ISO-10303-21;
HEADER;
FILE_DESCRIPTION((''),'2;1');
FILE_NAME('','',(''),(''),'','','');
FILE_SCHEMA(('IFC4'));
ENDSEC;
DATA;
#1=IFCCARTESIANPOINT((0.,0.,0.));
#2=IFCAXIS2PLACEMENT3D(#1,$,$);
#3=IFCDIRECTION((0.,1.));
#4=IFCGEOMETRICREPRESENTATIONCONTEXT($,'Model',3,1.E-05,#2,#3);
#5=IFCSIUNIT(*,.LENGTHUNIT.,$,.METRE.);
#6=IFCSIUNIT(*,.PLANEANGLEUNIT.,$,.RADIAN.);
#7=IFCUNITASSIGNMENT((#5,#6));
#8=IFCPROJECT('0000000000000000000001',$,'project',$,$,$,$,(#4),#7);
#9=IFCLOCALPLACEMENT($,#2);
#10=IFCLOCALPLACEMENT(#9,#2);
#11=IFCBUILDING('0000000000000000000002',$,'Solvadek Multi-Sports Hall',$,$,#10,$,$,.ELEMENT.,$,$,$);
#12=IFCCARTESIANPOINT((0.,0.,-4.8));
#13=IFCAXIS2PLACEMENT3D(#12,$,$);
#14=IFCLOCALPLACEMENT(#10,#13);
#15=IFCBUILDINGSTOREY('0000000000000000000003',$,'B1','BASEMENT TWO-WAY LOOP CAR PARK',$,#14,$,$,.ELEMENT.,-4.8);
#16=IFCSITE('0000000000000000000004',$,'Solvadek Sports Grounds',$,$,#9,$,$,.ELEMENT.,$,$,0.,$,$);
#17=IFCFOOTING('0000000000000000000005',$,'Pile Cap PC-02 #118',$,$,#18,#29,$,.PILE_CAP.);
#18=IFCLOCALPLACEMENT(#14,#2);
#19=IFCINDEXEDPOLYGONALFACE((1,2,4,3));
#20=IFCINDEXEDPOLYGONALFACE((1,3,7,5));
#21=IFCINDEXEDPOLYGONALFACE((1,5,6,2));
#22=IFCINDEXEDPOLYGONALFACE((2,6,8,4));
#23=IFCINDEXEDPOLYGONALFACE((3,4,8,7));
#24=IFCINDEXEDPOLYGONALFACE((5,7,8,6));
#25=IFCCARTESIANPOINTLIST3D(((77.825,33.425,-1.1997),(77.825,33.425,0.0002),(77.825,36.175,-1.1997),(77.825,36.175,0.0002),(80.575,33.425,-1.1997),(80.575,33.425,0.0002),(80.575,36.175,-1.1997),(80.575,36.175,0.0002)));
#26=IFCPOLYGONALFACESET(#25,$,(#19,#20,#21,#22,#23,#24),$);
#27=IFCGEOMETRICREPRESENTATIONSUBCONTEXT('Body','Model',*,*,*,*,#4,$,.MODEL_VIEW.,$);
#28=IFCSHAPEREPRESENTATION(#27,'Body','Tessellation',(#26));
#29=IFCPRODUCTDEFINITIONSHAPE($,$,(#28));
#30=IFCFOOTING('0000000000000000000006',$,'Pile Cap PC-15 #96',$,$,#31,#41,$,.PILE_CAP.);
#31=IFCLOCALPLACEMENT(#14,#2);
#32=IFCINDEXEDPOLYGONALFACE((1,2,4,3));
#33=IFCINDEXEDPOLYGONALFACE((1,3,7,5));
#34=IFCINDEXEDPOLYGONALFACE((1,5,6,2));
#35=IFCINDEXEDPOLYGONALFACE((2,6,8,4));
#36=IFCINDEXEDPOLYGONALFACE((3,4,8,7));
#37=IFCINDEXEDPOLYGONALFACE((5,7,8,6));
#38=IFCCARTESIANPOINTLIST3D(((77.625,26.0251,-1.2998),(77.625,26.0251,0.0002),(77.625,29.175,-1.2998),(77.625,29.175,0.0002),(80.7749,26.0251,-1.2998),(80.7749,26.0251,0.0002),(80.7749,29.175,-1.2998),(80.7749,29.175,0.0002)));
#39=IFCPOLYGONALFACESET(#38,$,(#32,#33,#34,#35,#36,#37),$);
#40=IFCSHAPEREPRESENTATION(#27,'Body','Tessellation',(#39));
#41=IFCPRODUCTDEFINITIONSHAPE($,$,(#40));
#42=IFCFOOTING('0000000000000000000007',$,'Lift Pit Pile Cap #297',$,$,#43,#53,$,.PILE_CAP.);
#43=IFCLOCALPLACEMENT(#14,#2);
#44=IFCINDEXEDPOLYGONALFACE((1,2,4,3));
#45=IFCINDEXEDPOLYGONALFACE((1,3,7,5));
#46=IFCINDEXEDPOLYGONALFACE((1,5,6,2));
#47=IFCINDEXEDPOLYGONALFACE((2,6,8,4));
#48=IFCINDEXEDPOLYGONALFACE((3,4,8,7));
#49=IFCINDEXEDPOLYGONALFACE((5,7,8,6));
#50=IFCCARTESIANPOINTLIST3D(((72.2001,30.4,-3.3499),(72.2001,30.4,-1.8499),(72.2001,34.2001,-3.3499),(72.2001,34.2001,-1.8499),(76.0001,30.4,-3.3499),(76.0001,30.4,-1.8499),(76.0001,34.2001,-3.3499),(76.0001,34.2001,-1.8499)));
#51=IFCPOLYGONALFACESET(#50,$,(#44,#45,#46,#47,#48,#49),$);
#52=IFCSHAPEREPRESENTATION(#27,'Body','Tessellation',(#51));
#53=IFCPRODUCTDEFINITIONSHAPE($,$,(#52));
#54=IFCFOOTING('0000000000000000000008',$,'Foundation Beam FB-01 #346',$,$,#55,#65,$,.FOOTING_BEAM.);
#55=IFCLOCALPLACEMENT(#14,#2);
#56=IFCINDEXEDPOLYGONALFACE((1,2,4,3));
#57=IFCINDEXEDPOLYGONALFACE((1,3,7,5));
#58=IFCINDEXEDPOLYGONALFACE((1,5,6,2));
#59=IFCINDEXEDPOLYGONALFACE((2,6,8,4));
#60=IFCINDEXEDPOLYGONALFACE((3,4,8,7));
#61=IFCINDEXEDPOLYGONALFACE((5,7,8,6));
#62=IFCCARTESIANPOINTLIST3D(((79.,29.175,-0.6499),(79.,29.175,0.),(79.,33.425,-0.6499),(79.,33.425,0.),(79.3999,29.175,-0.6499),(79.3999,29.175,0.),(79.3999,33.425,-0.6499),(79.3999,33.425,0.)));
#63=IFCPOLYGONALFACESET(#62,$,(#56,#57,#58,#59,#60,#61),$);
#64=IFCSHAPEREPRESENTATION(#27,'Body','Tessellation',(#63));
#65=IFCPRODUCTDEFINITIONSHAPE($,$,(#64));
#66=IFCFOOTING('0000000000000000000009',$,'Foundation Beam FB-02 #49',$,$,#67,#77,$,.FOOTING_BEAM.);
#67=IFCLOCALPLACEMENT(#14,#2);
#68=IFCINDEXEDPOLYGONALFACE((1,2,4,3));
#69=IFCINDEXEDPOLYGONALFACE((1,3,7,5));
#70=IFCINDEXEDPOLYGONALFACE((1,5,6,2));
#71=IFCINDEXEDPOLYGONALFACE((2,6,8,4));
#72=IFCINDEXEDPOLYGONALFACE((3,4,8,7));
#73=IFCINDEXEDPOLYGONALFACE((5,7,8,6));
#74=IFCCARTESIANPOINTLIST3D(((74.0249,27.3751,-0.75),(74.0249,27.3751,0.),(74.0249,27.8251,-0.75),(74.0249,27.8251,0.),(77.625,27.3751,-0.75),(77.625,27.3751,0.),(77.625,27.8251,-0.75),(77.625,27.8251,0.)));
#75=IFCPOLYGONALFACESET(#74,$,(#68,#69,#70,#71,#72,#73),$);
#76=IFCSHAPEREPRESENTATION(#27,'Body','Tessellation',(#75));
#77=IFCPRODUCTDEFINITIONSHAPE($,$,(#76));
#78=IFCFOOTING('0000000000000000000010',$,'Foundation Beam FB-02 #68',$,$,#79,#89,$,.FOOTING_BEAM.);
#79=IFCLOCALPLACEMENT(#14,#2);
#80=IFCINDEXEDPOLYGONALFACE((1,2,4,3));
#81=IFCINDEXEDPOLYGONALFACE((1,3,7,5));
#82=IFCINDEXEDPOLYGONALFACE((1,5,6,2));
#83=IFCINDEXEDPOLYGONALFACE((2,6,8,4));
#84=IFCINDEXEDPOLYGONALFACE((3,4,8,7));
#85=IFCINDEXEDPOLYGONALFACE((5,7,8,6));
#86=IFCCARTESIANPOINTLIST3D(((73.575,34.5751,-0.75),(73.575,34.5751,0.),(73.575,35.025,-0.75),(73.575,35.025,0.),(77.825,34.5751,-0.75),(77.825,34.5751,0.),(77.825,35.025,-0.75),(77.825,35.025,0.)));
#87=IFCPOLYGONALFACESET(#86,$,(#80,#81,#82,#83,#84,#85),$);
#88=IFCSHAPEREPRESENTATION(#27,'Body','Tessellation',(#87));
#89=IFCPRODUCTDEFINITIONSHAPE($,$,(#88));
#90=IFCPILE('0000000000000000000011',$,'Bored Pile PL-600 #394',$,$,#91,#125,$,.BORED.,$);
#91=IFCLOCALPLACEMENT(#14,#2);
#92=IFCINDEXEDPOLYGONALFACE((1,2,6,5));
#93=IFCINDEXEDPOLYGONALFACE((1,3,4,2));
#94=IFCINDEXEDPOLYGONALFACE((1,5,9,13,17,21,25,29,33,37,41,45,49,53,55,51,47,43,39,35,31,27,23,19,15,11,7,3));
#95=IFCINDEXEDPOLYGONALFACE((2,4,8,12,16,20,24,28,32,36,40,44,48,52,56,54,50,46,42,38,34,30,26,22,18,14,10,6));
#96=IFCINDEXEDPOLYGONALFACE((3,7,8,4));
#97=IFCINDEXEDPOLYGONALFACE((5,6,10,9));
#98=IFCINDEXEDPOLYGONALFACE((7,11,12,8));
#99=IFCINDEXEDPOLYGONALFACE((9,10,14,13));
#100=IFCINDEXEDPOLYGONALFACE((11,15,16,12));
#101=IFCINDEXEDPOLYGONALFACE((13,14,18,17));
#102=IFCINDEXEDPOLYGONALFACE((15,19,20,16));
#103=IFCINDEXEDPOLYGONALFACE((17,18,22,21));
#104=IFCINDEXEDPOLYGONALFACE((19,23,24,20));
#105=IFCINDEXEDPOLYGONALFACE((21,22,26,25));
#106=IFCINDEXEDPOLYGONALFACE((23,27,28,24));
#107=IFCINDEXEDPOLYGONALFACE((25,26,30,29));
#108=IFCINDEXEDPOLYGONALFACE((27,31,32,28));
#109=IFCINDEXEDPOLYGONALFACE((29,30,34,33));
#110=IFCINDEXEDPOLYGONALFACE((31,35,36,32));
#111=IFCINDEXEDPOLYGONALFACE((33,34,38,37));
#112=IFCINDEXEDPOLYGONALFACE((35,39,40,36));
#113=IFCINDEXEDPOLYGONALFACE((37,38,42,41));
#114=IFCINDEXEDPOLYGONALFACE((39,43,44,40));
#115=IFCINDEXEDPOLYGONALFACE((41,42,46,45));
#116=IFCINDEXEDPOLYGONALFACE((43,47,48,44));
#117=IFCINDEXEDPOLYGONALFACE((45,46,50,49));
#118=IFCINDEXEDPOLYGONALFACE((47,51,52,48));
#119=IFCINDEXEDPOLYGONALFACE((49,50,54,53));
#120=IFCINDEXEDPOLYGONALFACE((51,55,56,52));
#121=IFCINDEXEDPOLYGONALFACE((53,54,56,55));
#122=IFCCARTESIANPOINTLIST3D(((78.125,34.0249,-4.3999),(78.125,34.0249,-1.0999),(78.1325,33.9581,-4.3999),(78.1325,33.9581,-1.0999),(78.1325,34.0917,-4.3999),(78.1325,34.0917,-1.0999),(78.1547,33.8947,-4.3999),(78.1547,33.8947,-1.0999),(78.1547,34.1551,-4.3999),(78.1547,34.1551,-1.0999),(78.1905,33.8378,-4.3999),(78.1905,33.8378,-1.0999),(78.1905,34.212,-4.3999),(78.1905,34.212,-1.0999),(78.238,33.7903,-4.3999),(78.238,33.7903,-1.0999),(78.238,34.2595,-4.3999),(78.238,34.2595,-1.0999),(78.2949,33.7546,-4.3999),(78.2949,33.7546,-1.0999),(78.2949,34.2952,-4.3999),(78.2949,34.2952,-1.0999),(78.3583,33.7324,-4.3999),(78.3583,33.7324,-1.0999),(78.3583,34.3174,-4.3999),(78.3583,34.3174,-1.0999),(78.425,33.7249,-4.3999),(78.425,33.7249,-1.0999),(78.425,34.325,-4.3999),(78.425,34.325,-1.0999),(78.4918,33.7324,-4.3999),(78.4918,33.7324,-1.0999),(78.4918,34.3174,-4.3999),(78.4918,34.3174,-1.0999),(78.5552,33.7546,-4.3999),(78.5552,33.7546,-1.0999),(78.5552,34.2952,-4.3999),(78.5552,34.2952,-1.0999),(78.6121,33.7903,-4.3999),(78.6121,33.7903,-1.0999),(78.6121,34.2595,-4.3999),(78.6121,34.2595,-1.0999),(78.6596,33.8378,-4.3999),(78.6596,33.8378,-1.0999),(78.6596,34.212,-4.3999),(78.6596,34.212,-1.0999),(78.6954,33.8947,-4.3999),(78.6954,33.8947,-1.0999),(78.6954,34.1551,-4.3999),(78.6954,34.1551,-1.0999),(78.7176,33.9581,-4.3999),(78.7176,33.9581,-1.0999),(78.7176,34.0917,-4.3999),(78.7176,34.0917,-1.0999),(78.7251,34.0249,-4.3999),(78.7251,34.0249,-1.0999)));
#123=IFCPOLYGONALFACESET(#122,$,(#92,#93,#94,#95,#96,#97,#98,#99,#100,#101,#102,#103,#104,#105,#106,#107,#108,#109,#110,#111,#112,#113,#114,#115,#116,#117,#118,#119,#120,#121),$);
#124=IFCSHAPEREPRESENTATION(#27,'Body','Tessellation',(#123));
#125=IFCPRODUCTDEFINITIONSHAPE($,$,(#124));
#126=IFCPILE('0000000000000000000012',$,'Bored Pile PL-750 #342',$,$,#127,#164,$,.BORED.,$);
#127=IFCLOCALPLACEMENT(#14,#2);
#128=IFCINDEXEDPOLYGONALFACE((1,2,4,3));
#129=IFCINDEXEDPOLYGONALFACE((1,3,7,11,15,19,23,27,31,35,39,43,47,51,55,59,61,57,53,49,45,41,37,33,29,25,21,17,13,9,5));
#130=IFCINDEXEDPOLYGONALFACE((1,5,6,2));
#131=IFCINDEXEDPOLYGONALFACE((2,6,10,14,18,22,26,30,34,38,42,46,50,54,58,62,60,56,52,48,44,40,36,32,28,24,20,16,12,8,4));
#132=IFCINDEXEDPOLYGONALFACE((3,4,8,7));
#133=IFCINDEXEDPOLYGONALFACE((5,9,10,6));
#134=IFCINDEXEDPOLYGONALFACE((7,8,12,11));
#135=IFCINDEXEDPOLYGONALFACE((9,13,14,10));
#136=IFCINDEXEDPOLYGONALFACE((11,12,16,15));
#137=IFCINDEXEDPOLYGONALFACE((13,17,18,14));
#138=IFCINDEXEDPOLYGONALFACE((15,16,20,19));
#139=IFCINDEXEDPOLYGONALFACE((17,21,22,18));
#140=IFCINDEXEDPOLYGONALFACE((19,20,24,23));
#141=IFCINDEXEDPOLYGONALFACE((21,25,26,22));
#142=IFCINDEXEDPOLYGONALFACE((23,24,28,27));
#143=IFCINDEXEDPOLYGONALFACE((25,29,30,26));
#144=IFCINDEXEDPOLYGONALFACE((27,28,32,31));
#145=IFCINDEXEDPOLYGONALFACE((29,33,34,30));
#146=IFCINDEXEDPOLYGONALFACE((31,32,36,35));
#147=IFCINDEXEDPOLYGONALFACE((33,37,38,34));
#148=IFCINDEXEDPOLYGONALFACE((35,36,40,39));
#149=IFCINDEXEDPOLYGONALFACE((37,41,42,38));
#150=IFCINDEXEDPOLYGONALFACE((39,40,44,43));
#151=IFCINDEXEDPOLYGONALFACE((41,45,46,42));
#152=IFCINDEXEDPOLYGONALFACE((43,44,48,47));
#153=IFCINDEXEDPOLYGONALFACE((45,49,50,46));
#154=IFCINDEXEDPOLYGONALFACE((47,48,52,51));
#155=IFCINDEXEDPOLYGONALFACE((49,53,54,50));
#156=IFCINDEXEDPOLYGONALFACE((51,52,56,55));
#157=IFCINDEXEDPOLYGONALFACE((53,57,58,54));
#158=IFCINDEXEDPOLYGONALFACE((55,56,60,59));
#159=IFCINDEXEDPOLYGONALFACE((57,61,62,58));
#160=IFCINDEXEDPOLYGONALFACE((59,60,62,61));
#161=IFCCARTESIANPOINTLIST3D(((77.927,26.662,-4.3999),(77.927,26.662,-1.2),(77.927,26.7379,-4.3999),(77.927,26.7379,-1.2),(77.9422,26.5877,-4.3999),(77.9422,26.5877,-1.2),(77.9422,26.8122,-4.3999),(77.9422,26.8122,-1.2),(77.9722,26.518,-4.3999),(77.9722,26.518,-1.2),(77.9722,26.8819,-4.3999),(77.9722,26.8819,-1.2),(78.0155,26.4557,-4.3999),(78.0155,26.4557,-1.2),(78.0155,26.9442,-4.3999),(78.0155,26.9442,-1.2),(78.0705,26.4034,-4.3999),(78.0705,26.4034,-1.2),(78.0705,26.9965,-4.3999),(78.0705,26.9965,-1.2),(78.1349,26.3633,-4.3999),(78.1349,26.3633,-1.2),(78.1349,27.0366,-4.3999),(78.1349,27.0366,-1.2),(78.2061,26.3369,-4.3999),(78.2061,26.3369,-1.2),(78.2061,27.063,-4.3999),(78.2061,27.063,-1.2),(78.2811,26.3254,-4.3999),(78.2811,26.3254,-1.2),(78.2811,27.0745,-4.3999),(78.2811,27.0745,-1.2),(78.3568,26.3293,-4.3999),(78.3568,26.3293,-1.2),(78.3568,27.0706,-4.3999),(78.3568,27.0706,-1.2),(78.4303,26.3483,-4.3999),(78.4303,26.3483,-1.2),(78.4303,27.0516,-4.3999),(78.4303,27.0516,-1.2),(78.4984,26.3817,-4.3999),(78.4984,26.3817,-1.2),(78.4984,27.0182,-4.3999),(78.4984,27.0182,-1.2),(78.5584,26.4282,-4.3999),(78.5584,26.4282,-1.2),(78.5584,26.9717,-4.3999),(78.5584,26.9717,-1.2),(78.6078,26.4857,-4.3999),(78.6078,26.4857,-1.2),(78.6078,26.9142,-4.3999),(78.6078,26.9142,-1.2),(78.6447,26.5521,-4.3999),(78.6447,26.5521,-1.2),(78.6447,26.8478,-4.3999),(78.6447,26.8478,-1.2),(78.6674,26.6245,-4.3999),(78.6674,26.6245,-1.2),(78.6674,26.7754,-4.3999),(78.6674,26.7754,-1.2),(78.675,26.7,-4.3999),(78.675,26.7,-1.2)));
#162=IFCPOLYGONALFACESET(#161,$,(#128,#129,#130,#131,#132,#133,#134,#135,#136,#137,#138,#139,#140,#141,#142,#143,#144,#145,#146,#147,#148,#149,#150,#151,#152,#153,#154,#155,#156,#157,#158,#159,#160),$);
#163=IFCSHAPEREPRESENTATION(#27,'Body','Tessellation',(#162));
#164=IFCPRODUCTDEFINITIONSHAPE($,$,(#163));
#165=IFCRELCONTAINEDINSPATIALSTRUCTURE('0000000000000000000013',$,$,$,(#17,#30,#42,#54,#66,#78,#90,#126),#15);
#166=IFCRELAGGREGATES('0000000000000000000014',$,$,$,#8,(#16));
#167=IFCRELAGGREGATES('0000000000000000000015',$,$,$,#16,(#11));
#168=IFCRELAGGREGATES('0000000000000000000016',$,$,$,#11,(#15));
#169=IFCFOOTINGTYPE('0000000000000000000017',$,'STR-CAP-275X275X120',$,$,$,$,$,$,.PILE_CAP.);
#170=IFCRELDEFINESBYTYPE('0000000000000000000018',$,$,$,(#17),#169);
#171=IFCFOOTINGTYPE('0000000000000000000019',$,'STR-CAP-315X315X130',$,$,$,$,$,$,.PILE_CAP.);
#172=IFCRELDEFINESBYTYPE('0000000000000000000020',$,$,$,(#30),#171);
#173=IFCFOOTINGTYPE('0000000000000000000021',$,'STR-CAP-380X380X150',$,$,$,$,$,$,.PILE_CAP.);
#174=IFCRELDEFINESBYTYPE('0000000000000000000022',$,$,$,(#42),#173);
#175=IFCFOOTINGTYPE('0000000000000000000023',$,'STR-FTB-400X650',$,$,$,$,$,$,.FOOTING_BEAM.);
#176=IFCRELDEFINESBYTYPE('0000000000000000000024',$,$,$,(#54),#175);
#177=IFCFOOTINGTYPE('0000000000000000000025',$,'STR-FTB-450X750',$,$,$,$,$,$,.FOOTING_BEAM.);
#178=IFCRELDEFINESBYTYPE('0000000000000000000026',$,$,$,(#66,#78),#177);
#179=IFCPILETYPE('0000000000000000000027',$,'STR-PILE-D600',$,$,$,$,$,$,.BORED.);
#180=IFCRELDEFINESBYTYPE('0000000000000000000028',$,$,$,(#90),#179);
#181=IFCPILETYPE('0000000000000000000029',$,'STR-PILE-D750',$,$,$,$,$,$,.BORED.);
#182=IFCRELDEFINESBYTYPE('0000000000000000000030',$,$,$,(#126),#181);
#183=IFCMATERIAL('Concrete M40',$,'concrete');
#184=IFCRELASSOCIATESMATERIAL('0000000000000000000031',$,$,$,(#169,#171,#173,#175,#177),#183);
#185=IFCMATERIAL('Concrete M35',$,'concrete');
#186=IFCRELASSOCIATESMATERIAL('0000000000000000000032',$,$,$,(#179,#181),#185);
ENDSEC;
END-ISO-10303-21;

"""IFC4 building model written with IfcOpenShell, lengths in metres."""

from ifc_helpers import new_model, si_unit, direction, frame, origin, origin_2d, place, context, subcontext, project, spatial, rectangle, circle, extrude, material, material_profile, profile_set, type_object, element, save


model = new_model("IFC4")

# Units and contexts
model_context = context("Model", 3, precision=1e-05, world=origin(), true_north=direction((0.0, 1.0)))
body_context = subcontext(model_context, "Body", "Model", "MODEL_VIEW")
ifc_project = project(units=[si_unit("LENGTHUNIT", "METRE"), si_unit("PLANEANGLEUNIT", "RADIAN")], contexts=[model_context])

# Site, building, storey
site_placement = place(None, origin())
site = spatial("IfcSite", under=ifc_project, at=site_placement, Name="Solvadek Sports Grounds", CompositionType="ELEMENT", RefElevation=0.0)
building_placement = place(site_placement, origin())
building = spatial("IfcBuilding", under=site, at=building_placement, Name="Solvadek Multi-Sports Hall", CompositionType="ELEMENT")
storey_placement = place(building_placement, frame((0.0, 0.0, -4.8)))
storey = spatial("IfcBuildingStorey", under=building, at=storey_placement, Name="B1", Description="BASEMENT TWO-WAY LOOP CAR PARK", CompositionType="ELEMENT", Elevation=-4.8)

# Footings
ifc_material_1 = material(Name="Concrete M40", Category="concrete")
footing_type_1 = type_object("IfcFootingType", Name="STR-CAP-275X275X120", PredefinedType="PILE_CAP", material=ifc_material_1)
footing_1_placement = place(storey_placement, frame((79.2, 34.8, -1.1997), z_axis=(0.0, 0.0, 1.0), x_axis=(1.0, 0.0, 0.0)))
element("IfcFooting", 1, at=footing_1_placement, inside=storey, type_object=footing_type_1, Name="Pile Cap PC-02 #118", PredefinedType="PILE_CAP", context=body_context, shape_type="SweptSolid", body=[
    extrude(rectangle(XDim=2.75, YDim=2.75, at=origin_2d()), origin(), (0.0, 0.0, 1.0), 1.2),
])
footing_type_2 = type_object("IfcFootingType", Name="STR-CAP-315X315X130", PredefinedType="PILE_CAP", material=ifc_material_1)
footing_2_placement = place(storey_placement, frame((79.2, 27.6001, -1.2998), z_axis=(0.0, 0.0, 1.0), x_axis=(1.0, 0.0, 0.0)))
element("IfcFooting", 2, at=footing_2_placement, inside=storey, type_object=footing_type_2, Name="Pile Cap PC-15 #96", PredefinedType="PILE_CAP", context=body_context, shape_type="SweptSolid", body=[
    extrude(rectangle(XDim=3.1499, YDim=3.1499, at=origin_2d()), origin(), (0.0, 0.0, 1.0), 1.3),
])
footing_type_3 = type_object("IfcFootingType", Name="STR-CAP-380X380X150", PredefinedType="PILE_CAP", material=ifc_material_1)
footing_3_placement = place(storey_placement, frame((74.1001, 32.3, -3.3499), z_axis=(0.0, 0.0, 1.0), x_axis=(1.0, 0.0, 0.0)))
element("IfcFooting", 3, at=footing_3_placement, inside=storey, type_object=footing_type_3, Name="Lift Pit Pile Cap #297", PredefinedType="PILE_CAP", context=body_context, shape_type="SweptSolid", body=[
    extrude(rectangle(XDim=3.8, YDim=3.8, at=origin_2d()), origin(), (0.0, 0.0, 1.0), 1.5),
])
footing_type_4 = type_object("IfcFootingType", Name="STR-FTB-400X650", PredefinedType="FOOTING_BEAM", material=ifc_material_1)
footing_4_placement = place(storey_placement, frame((79.2, 31.3, -0.6499), z_axis=(0.0, 0.0, 1.0), x_axis=(0.0, 1.0, 0.0)))
element("IfcFooting", 4, at=footing_4_placement, inside=storey, type_object=footing_type_4, Name="Foundation Beam FB-01 #346", PredefinedType="FOOTING_BEAM", context=body_context, shape_type="SweptSolid", body=[
    extrude(rectangle(XDim=4.25, YDim=0.3999, at=origin_2d()), origin(), (0.0, 0.0, 1.0), 0.6499),
])
footing_type_5 = type_object("IfcFootingType", Name="STR-FTB-450X750", PredefinedType="FOOTING_BEAM", material=ifc_material_1)
footing_5_placement = place(storey_placement, frame((75.825, 27.6001, -0.75), z_axis=(0.0, 0.0, 1.0), x_axis=(1.0, 0.0, 0.0)))
element("IfcFooting", 5, at=footing_5_placement, inside=storey, type_object=footing_type_5, Name="Foundation Beam FB-02 #49", PredefinedType="FOOTING_BEAM", context=body_context, shape_type="SweptSolid", body=[
    extrude(rectangle(XDim=3.6001, YDim=0.45, at=origin_2d()), origin(), (0.0, 0.0, 1.0), 0.75),
])
footing_6_placement = place(storey_placement, frame((75.7, 34.8, -0.75), z_axis=(0.0, 0.0, 1.0), x_axis=(1.0, 0.0, 0.0)))
element("IfcFooting", 6, at=footing_6_placement, inside=storey, type_object=footing_type_5, Name="Foundation Beam FB-02 #68", PredefinedType="FOOTING_BEAM", context=body_context, shape_type="SweptSolid", body=[
    extrude(rectangle(XDim=4.25, YDim=0.45, at=origin_2d()), origin(), (0.0, 0.0, 1.0), 0.75),
])

# Piles
ifc_material_2 = material(Name="Concrete M35", Category="concrete")
ifc_material_profile_1 = material_profile(ifc_material_2, circle(Radius=0.3, at=origin_2d()), Name="BORED PILE D600")
ifc_profile_set_1 = profile_set([ifc_material_profile_1], Name="Concrete M35")
pile_type_1 = type_object("IfcPileType", Name="STR-PILE-D600", PredefinedType="BORED", material=ifc_profile_set_1)
pile_placement = place(storey_placement, frame((78.425, 34.0249, -1.0999), z_axis=(0.0, 0.0, -1.0), x_axis=(1.0, 0.0, 0.0)))
element("IfcPile", 7, at=pile_placement, inside=storey, type_object=pile_type_1, Name="Bored Pile PL-600 #394", PredefinedType="BORED", context=body_context, shape_type="SweptSolid", body=[
    extrude(circle(Radius=0.3, at=origin_2d()), origin(), (0.0, 0.0, 1.0), 3.3),
])
ifc_material_profile_2 = material_profile(ifc_material_2, circle(Radius=0.375, at=origin_2d()), Name="BORED PILE D750")
ifc_profile_set_2 = profile_set([ifc_material_profile_2], Name="Concrete M35")
pile_type_2 = type_object("IfcPileType", Name="STR-PILE-D750", PredefinedType="BORED", material=ifc_profile_set_2)
for number, where, z_axis, x_axis, name in (
    (8, (78.3, 26.7, -1.2), (0.0, 0.0, -1.0), (1.0, 0.0, 0.0), "Bored Pile PL-750 #342"),
):
    element("IfcPile", number, at=place(storey_placement, frame(where, z_axis=z_axis, x_axis=x_axis)), inside=storey, type_object=pile_type_2, Name=name, PredefinedType="BORED", context=body_context, shape_type="SweptSolid", body=[
        extrude(circle(Radius=0.375, at=origin_2d()), origin(), (0.0, 0.0, 1.0), 3.2),
    ])

save(model, "model.ifc")
